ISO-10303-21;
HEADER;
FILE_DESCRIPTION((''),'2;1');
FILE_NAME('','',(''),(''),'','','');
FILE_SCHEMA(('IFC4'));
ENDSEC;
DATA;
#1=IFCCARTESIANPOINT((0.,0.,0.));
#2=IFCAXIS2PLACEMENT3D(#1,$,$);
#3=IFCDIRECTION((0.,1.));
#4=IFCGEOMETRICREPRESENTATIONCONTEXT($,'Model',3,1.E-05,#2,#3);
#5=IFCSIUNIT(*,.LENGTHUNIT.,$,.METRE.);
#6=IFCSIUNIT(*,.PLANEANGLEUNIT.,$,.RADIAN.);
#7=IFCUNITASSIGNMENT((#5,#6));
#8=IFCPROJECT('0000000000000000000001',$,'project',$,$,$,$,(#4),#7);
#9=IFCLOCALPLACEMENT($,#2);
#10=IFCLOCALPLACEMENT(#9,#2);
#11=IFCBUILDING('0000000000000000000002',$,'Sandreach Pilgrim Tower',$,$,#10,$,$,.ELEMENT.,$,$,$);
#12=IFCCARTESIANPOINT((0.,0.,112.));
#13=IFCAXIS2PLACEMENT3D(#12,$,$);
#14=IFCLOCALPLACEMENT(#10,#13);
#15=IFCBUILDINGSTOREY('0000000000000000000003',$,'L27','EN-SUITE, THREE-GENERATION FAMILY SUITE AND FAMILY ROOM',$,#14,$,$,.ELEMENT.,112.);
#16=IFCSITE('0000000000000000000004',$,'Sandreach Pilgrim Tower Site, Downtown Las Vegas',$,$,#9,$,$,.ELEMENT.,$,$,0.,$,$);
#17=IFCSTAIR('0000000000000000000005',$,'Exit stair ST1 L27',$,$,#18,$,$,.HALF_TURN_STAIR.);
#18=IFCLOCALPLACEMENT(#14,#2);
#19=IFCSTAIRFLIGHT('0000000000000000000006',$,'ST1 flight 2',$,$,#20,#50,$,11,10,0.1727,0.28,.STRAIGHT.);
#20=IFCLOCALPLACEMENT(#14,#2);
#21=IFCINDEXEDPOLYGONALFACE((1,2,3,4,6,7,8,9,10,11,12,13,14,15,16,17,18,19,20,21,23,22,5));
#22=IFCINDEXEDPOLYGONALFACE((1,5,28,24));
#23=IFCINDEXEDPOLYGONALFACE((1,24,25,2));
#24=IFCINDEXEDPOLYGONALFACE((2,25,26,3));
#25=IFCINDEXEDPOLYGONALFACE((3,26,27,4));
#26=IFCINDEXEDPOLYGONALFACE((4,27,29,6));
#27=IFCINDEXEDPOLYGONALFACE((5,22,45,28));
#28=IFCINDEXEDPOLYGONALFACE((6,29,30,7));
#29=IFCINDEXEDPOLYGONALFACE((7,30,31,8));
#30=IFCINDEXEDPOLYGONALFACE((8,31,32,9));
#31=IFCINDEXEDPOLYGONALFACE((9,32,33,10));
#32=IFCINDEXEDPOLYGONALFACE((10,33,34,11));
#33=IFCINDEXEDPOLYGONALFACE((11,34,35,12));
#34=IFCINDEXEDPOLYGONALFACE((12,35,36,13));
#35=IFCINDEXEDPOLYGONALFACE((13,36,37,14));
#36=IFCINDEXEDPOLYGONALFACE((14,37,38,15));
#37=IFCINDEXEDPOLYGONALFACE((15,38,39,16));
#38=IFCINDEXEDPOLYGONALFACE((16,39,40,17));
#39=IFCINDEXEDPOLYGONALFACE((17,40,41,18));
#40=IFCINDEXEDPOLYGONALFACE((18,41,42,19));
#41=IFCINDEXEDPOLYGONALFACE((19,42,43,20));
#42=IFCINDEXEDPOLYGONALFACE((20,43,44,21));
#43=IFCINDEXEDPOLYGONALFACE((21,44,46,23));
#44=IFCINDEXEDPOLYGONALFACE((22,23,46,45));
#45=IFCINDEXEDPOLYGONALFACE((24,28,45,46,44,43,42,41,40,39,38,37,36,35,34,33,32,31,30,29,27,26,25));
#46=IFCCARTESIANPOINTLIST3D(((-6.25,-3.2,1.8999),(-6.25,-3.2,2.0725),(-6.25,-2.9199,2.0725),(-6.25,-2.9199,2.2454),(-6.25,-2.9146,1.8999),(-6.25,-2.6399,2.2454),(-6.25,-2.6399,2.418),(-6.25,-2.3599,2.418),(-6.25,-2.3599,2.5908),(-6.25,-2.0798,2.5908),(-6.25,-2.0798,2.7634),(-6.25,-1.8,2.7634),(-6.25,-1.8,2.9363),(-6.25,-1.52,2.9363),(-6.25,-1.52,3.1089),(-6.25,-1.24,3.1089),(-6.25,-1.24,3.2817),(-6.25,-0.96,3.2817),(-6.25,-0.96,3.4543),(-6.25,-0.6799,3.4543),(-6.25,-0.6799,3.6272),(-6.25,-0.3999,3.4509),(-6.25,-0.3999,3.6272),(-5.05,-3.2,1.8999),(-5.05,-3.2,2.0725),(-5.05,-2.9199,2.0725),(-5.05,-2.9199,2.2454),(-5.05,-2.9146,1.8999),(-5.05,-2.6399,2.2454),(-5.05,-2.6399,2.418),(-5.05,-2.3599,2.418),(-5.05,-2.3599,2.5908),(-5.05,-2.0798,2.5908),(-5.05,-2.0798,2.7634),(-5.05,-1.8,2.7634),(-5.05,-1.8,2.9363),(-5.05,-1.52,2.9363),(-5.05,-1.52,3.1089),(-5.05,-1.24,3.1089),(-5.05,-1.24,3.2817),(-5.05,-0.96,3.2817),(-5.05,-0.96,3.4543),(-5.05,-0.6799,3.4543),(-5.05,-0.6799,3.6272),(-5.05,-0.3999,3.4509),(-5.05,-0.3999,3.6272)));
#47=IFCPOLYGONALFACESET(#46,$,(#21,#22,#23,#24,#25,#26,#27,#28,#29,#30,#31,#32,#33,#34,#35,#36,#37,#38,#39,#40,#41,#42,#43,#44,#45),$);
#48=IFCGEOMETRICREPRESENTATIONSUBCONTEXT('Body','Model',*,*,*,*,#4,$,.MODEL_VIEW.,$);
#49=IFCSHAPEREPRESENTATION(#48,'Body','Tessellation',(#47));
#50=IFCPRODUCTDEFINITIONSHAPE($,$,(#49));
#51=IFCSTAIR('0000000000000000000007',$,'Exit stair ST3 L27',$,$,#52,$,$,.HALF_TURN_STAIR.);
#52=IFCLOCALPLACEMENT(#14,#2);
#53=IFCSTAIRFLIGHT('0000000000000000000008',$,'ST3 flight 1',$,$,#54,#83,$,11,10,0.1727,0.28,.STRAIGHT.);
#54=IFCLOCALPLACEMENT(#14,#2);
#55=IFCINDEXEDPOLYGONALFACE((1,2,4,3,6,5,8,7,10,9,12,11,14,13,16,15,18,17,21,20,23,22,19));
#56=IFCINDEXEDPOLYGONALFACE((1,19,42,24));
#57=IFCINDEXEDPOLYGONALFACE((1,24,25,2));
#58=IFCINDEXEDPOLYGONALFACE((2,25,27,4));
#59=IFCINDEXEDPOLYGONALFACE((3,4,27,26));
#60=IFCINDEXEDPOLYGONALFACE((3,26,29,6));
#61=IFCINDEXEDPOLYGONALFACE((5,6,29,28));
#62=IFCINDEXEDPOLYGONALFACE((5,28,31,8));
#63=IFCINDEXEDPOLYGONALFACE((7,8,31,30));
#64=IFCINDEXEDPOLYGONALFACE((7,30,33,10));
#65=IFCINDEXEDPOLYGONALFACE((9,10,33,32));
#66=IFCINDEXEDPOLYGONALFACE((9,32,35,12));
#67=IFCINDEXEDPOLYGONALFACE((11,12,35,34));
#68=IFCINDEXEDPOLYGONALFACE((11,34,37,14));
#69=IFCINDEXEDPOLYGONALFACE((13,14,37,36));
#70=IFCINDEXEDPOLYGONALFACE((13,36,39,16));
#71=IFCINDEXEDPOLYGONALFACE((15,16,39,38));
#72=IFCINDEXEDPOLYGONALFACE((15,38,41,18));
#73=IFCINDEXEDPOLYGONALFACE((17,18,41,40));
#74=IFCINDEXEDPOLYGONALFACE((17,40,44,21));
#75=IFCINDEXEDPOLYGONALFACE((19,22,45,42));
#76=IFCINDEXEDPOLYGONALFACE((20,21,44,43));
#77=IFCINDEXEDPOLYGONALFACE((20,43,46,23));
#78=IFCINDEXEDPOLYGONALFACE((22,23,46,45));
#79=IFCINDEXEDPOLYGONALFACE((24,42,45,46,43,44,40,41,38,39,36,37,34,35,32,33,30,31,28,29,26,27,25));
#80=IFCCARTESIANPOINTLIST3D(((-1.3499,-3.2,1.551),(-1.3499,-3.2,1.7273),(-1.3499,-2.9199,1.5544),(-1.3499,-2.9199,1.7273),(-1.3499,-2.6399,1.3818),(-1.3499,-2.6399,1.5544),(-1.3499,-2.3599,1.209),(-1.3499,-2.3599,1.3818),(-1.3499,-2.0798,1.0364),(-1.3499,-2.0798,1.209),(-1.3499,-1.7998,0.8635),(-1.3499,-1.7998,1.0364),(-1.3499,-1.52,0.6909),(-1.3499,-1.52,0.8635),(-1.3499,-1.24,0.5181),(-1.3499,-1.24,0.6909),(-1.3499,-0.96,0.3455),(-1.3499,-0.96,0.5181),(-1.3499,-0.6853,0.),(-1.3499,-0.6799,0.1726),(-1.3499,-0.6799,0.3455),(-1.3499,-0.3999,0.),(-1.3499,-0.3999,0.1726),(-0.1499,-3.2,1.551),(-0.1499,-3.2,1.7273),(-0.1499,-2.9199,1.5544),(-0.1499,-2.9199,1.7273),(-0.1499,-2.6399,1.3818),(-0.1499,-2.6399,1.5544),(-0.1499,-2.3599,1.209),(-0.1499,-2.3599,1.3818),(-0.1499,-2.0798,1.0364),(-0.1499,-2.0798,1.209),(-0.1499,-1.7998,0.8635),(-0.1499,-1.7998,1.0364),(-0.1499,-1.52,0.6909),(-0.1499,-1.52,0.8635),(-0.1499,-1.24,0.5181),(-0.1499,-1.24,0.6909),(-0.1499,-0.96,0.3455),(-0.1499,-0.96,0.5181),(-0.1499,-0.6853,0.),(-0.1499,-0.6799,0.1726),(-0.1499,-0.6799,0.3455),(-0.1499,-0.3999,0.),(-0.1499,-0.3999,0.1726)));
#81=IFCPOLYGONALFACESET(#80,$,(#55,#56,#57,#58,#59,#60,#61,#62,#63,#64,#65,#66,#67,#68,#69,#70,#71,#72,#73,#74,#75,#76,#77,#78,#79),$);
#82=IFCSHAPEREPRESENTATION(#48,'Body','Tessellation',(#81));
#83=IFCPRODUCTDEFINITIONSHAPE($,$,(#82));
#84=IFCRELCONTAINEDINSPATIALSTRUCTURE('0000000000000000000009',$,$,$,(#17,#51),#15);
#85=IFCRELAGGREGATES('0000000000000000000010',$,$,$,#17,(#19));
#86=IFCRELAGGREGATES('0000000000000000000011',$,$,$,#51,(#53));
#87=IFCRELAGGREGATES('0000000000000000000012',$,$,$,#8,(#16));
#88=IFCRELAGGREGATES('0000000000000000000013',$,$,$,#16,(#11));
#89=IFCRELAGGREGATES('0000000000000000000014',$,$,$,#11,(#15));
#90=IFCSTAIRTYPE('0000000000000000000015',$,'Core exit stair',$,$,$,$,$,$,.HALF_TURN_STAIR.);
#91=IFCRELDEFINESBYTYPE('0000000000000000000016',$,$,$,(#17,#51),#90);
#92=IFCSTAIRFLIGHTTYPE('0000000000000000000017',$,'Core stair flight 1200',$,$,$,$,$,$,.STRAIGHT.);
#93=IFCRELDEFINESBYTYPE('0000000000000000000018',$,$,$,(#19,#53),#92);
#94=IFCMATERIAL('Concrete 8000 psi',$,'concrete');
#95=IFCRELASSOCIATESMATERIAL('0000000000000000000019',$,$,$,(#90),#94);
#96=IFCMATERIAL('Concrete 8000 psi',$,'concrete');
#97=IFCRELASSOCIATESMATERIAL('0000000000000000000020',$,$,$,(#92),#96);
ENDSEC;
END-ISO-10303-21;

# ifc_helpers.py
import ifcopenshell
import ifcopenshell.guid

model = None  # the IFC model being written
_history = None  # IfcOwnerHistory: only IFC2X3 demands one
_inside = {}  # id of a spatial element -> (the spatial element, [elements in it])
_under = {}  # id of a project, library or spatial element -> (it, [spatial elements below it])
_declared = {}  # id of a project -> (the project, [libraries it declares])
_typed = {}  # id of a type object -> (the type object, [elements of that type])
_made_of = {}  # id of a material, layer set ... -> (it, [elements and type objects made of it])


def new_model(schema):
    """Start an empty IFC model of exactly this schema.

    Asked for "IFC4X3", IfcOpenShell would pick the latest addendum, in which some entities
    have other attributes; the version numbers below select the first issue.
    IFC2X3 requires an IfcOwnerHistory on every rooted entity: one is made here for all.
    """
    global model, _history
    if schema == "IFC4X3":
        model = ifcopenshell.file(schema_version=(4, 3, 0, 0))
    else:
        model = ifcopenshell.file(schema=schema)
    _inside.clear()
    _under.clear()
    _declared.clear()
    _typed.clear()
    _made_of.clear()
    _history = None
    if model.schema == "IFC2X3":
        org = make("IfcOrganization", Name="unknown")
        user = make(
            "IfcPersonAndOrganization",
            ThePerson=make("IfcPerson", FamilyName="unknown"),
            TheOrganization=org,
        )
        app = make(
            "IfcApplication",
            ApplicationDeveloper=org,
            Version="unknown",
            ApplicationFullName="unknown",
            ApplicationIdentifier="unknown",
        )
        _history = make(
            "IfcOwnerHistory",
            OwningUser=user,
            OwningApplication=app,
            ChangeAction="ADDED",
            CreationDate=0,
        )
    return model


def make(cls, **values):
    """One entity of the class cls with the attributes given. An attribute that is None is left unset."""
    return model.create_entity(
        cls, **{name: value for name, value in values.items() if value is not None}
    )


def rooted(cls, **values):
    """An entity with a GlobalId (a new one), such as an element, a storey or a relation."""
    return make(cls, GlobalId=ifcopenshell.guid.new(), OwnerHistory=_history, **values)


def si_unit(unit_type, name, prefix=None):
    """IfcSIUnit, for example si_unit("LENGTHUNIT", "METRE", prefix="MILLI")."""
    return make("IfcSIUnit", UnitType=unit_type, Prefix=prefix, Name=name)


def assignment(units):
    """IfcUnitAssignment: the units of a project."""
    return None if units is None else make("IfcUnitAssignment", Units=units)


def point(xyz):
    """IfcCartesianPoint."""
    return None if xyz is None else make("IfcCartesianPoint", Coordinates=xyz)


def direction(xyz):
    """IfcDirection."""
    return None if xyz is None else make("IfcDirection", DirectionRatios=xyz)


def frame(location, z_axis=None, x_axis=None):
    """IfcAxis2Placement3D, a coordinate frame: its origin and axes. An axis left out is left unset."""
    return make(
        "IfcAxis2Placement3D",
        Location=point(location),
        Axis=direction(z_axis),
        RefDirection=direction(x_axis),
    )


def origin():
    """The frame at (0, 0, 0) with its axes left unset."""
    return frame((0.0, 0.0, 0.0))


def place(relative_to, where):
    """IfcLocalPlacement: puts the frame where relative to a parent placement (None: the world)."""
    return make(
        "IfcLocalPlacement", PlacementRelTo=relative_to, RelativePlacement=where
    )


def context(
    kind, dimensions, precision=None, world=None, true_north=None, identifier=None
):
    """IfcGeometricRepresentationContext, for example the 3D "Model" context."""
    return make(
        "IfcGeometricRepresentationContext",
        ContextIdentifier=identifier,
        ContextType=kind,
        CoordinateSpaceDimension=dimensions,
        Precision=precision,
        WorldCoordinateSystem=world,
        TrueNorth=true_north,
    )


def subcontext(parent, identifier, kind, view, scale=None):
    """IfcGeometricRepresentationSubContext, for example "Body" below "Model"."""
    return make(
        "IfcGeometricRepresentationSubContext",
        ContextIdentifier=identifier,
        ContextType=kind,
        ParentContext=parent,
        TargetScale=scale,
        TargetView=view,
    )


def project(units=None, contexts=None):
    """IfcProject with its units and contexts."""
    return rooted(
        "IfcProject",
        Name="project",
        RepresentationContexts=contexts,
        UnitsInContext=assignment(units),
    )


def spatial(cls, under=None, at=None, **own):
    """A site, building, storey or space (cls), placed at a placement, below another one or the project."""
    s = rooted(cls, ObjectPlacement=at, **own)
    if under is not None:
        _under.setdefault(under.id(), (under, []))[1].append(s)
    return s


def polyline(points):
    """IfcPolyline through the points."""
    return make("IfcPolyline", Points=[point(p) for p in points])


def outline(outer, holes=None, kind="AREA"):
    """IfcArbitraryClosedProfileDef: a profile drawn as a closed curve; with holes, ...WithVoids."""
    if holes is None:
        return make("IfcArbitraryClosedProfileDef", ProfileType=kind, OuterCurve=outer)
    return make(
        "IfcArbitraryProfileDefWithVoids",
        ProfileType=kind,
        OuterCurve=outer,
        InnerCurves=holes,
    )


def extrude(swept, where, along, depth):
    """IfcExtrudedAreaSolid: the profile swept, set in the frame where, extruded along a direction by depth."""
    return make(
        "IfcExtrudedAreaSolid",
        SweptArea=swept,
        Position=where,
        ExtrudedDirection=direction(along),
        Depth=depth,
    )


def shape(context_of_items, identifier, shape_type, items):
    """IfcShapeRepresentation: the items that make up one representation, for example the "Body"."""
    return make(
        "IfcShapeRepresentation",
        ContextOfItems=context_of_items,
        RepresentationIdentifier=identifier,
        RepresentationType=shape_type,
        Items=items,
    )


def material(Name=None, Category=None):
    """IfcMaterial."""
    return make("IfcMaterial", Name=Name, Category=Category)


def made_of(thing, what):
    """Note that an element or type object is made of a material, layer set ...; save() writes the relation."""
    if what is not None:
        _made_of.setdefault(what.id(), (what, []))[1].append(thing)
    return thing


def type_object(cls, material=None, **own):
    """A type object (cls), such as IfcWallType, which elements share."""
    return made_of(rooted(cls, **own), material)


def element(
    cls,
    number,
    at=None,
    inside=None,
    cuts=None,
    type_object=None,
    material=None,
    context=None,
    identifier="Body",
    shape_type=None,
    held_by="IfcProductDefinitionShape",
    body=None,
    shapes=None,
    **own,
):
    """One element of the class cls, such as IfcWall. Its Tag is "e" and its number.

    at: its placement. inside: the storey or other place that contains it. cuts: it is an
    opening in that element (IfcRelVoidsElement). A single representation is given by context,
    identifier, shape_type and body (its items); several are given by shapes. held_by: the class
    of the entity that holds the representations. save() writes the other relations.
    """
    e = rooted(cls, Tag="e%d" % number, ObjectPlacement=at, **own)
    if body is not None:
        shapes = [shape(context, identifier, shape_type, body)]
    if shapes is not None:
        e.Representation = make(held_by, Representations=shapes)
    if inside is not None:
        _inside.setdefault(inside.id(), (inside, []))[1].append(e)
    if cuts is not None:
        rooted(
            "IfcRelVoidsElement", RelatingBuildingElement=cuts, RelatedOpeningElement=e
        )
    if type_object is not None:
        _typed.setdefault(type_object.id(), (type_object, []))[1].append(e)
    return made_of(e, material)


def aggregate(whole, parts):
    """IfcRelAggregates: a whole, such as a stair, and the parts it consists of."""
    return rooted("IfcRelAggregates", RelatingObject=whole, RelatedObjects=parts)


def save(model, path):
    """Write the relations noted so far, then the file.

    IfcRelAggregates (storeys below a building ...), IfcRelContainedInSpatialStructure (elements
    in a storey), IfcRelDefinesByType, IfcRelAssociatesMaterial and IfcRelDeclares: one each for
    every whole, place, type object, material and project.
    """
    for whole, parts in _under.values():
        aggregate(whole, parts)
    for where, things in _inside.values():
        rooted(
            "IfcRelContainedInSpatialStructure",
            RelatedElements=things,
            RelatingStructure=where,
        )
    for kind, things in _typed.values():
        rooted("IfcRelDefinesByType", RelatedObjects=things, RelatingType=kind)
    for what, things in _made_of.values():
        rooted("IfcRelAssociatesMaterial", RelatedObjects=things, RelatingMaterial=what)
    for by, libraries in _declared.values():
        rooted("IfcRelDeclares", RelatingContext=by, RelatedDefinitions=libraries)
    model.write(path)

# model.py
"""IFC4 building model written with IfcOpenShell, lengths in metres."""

from ifc_helpers import new_model, si_unit, direction, frame, origin, place, context, subcontext, project, spatial, polyline, outline, extrude, material, type_object, element, aggregate, save


model = new_model("IFC4")

# Units and contexts
model_context = context("Model", 3, precision=1e-05, world=origin(), true_north=direction((0.0, 1.0)))
body_context = subcontext(model_context, "Body", "Model", "MODEL_VIEW")
ifc_project = project(units=[si_unit("LENGTHUNIT", "METRE"), si_unit("PLANEANGLEUNIT", "RADIAN")], contexts=[model_context])

# Site, building, storey
site_placement = place(None, origin())
site = spatial("IfcSite", under=ifc_project, at=site_placement, Name="Sandreach Pilgrim Tower Site, Downtown Las Vegas", CompositionType="ELEMENT", RefElevation=0.0)
building_placement = place(site_placement, origin())
building = spatial("IfcBuilding", under=site, at=building_placement, Name="Sandreach Pilgrim Tower", CompositionType="ELEMENT")
storey_placement = place(building_placement, frame((0.0, 0.0, 112.0)))
storey = spatial("IfcBuildingStorey", under=building, at=storey_placement, Name="L27", Description="EN-SUITE, THREE-GENERATION FAMILY SUITE AND FAMILY ROOM", CompositionType="ELEMENT", Elevation=112.0)

# Stair, stair flight
ifc_material_1 = material(Name="Concrete 8000 psi", Category="concrete")
stair_type = type_object("IfcStairType", Name="Core exit stair", PredefinedType="HALF_TURN_STAIR", material=ifc_material_1)
stair_1_placement = place(storey_placement, origin())
stair_1 = element("IfcStair", 1, at=stair_1_placement, inside=storey, type_object=stair_type, Name="Exit stair ST1 L27", PredefinedType="HALF_TURN_STAIR")
ifc_material_2 = material(Name="Concrete 8000 psi", Category="concrete")
stair_flight_type = type_object("IfcStairFlightType", Name="Core stair flight 1200", PredefinedType="STRAIGHT", material=ifc_material_2)
stair_flight_1_placement = place(storey_placement, frame((-5.6499, -3.2, 1.8999), z_axis=(0.0, 0.0, 1.0), x_axis=(0.0, 1.0, 0.0)))
stair_flight_1 = element("IfcStairFlight", 2, at=stair_flight_1_placement, type_object=stair_flight_type, Name="ST1 flight 2", NumberOfRisers=11, NumberOfTreads=10, PredefinedType="STRAIGHT", RiserHeight=0.1727, TreadLength=0.28, context=body_context, shape_type="SweptSolid", body=[
    extrude(outline(polyline([(0.0, 0.0), (0.0, 0.1726), (0.28, 0.1726), (0.28, 0.3455), (0.5601, 0.3455), (0.5601, 0.5181), (0.8401, 0.5181), (0.8401, 0.6909), (1.1201, 0.6909), (1.1201, 0.8635), (1.3999, 0.8635), (1.3999, 1.0364), (1.6799, 1.0364), (1.6799, 1.209), (1.96, 1.209), (1.96, 1.3818), (2.24, 1.3818), (2.24, 1.5544), (2.52, 1.5544), (2.52, 1.7273), (2.8, 1.7273), (2.8, 1.8999), (2.8, 1.551), (0.2854, 0.0), (0.0, 0.0)])), frame((0.0, 0.6001, 0.0), z_axis=(0.0, -1.0, 0.0), x_axis=(1.0, 0.0, 0.0)), (0.0, 0.0, 1.0), 1.2),
])
aggregate(stair_1, [stair_flight_1])

# Stair, stair flight
stair_2_placement = place(storey_placement, origin())
stair_2 = element("IfcStair", 3, at=stair_2_placement, inside=storey, type_object=stair_type, Name="Exit stair ST3 L27", PredefinedType="HALF_TURN_STAIR")
stair_flight_2_placement = place(storey_placement, frame((-0.75, -0.3999, 0.0), z_axis=(0.0, 0.0, 1.0), x_axis=(0.0, -1.0, 0.0)))
stair_flight_2 = element("IfcStairFlight", 4, at=stair_flight_2_placement, type_object=stair_flight_type, Name="ST3 flight 1", NumberOfRisers=11, NumberOfTreads=10, PredefinedType="STRAIGHT", RiserHeight=0.1727, TreadLength=0.28, context=body_context, shape_type="SweptSolid", body=[
    extrude(outline(polyline([(0.0, 0.0), (0.0, 0.1726), (0.28, 0.1726), (0.28, 0.3455), (0.5601, 0.3455), (0.5601, 0.5181), (0.8401, 0.5181), (0.8401, 0.6909), (1.1201, 0.6909), (1.1201, 0.8635), (1.3999, 0.8635), (1.3999, 1.0364), (1.6799, 1.0364), (1.6799, 1.209), (1.96, 1.209), (1.96, 1.3818), (2.24, 1.3818), (2.24, 1.5544), (2.52, 1.5544), (2.52, 1.7273), (2.8, 1.7273), (2.8, 1.8999), (2.8, 1.551), (0.2854, 0.0), (0.0, 0.0)])), frame((0.0, 0.6001, 0.0), z_axis=(0.0, -1.0, 0.0), x_axis=(1.0, 0.0, 0.0)), (0.0, 0.0, 1.0), 1.2),
])
aggregate(stair_2, [stair_flight_2])

save(model, "model.ifc")
